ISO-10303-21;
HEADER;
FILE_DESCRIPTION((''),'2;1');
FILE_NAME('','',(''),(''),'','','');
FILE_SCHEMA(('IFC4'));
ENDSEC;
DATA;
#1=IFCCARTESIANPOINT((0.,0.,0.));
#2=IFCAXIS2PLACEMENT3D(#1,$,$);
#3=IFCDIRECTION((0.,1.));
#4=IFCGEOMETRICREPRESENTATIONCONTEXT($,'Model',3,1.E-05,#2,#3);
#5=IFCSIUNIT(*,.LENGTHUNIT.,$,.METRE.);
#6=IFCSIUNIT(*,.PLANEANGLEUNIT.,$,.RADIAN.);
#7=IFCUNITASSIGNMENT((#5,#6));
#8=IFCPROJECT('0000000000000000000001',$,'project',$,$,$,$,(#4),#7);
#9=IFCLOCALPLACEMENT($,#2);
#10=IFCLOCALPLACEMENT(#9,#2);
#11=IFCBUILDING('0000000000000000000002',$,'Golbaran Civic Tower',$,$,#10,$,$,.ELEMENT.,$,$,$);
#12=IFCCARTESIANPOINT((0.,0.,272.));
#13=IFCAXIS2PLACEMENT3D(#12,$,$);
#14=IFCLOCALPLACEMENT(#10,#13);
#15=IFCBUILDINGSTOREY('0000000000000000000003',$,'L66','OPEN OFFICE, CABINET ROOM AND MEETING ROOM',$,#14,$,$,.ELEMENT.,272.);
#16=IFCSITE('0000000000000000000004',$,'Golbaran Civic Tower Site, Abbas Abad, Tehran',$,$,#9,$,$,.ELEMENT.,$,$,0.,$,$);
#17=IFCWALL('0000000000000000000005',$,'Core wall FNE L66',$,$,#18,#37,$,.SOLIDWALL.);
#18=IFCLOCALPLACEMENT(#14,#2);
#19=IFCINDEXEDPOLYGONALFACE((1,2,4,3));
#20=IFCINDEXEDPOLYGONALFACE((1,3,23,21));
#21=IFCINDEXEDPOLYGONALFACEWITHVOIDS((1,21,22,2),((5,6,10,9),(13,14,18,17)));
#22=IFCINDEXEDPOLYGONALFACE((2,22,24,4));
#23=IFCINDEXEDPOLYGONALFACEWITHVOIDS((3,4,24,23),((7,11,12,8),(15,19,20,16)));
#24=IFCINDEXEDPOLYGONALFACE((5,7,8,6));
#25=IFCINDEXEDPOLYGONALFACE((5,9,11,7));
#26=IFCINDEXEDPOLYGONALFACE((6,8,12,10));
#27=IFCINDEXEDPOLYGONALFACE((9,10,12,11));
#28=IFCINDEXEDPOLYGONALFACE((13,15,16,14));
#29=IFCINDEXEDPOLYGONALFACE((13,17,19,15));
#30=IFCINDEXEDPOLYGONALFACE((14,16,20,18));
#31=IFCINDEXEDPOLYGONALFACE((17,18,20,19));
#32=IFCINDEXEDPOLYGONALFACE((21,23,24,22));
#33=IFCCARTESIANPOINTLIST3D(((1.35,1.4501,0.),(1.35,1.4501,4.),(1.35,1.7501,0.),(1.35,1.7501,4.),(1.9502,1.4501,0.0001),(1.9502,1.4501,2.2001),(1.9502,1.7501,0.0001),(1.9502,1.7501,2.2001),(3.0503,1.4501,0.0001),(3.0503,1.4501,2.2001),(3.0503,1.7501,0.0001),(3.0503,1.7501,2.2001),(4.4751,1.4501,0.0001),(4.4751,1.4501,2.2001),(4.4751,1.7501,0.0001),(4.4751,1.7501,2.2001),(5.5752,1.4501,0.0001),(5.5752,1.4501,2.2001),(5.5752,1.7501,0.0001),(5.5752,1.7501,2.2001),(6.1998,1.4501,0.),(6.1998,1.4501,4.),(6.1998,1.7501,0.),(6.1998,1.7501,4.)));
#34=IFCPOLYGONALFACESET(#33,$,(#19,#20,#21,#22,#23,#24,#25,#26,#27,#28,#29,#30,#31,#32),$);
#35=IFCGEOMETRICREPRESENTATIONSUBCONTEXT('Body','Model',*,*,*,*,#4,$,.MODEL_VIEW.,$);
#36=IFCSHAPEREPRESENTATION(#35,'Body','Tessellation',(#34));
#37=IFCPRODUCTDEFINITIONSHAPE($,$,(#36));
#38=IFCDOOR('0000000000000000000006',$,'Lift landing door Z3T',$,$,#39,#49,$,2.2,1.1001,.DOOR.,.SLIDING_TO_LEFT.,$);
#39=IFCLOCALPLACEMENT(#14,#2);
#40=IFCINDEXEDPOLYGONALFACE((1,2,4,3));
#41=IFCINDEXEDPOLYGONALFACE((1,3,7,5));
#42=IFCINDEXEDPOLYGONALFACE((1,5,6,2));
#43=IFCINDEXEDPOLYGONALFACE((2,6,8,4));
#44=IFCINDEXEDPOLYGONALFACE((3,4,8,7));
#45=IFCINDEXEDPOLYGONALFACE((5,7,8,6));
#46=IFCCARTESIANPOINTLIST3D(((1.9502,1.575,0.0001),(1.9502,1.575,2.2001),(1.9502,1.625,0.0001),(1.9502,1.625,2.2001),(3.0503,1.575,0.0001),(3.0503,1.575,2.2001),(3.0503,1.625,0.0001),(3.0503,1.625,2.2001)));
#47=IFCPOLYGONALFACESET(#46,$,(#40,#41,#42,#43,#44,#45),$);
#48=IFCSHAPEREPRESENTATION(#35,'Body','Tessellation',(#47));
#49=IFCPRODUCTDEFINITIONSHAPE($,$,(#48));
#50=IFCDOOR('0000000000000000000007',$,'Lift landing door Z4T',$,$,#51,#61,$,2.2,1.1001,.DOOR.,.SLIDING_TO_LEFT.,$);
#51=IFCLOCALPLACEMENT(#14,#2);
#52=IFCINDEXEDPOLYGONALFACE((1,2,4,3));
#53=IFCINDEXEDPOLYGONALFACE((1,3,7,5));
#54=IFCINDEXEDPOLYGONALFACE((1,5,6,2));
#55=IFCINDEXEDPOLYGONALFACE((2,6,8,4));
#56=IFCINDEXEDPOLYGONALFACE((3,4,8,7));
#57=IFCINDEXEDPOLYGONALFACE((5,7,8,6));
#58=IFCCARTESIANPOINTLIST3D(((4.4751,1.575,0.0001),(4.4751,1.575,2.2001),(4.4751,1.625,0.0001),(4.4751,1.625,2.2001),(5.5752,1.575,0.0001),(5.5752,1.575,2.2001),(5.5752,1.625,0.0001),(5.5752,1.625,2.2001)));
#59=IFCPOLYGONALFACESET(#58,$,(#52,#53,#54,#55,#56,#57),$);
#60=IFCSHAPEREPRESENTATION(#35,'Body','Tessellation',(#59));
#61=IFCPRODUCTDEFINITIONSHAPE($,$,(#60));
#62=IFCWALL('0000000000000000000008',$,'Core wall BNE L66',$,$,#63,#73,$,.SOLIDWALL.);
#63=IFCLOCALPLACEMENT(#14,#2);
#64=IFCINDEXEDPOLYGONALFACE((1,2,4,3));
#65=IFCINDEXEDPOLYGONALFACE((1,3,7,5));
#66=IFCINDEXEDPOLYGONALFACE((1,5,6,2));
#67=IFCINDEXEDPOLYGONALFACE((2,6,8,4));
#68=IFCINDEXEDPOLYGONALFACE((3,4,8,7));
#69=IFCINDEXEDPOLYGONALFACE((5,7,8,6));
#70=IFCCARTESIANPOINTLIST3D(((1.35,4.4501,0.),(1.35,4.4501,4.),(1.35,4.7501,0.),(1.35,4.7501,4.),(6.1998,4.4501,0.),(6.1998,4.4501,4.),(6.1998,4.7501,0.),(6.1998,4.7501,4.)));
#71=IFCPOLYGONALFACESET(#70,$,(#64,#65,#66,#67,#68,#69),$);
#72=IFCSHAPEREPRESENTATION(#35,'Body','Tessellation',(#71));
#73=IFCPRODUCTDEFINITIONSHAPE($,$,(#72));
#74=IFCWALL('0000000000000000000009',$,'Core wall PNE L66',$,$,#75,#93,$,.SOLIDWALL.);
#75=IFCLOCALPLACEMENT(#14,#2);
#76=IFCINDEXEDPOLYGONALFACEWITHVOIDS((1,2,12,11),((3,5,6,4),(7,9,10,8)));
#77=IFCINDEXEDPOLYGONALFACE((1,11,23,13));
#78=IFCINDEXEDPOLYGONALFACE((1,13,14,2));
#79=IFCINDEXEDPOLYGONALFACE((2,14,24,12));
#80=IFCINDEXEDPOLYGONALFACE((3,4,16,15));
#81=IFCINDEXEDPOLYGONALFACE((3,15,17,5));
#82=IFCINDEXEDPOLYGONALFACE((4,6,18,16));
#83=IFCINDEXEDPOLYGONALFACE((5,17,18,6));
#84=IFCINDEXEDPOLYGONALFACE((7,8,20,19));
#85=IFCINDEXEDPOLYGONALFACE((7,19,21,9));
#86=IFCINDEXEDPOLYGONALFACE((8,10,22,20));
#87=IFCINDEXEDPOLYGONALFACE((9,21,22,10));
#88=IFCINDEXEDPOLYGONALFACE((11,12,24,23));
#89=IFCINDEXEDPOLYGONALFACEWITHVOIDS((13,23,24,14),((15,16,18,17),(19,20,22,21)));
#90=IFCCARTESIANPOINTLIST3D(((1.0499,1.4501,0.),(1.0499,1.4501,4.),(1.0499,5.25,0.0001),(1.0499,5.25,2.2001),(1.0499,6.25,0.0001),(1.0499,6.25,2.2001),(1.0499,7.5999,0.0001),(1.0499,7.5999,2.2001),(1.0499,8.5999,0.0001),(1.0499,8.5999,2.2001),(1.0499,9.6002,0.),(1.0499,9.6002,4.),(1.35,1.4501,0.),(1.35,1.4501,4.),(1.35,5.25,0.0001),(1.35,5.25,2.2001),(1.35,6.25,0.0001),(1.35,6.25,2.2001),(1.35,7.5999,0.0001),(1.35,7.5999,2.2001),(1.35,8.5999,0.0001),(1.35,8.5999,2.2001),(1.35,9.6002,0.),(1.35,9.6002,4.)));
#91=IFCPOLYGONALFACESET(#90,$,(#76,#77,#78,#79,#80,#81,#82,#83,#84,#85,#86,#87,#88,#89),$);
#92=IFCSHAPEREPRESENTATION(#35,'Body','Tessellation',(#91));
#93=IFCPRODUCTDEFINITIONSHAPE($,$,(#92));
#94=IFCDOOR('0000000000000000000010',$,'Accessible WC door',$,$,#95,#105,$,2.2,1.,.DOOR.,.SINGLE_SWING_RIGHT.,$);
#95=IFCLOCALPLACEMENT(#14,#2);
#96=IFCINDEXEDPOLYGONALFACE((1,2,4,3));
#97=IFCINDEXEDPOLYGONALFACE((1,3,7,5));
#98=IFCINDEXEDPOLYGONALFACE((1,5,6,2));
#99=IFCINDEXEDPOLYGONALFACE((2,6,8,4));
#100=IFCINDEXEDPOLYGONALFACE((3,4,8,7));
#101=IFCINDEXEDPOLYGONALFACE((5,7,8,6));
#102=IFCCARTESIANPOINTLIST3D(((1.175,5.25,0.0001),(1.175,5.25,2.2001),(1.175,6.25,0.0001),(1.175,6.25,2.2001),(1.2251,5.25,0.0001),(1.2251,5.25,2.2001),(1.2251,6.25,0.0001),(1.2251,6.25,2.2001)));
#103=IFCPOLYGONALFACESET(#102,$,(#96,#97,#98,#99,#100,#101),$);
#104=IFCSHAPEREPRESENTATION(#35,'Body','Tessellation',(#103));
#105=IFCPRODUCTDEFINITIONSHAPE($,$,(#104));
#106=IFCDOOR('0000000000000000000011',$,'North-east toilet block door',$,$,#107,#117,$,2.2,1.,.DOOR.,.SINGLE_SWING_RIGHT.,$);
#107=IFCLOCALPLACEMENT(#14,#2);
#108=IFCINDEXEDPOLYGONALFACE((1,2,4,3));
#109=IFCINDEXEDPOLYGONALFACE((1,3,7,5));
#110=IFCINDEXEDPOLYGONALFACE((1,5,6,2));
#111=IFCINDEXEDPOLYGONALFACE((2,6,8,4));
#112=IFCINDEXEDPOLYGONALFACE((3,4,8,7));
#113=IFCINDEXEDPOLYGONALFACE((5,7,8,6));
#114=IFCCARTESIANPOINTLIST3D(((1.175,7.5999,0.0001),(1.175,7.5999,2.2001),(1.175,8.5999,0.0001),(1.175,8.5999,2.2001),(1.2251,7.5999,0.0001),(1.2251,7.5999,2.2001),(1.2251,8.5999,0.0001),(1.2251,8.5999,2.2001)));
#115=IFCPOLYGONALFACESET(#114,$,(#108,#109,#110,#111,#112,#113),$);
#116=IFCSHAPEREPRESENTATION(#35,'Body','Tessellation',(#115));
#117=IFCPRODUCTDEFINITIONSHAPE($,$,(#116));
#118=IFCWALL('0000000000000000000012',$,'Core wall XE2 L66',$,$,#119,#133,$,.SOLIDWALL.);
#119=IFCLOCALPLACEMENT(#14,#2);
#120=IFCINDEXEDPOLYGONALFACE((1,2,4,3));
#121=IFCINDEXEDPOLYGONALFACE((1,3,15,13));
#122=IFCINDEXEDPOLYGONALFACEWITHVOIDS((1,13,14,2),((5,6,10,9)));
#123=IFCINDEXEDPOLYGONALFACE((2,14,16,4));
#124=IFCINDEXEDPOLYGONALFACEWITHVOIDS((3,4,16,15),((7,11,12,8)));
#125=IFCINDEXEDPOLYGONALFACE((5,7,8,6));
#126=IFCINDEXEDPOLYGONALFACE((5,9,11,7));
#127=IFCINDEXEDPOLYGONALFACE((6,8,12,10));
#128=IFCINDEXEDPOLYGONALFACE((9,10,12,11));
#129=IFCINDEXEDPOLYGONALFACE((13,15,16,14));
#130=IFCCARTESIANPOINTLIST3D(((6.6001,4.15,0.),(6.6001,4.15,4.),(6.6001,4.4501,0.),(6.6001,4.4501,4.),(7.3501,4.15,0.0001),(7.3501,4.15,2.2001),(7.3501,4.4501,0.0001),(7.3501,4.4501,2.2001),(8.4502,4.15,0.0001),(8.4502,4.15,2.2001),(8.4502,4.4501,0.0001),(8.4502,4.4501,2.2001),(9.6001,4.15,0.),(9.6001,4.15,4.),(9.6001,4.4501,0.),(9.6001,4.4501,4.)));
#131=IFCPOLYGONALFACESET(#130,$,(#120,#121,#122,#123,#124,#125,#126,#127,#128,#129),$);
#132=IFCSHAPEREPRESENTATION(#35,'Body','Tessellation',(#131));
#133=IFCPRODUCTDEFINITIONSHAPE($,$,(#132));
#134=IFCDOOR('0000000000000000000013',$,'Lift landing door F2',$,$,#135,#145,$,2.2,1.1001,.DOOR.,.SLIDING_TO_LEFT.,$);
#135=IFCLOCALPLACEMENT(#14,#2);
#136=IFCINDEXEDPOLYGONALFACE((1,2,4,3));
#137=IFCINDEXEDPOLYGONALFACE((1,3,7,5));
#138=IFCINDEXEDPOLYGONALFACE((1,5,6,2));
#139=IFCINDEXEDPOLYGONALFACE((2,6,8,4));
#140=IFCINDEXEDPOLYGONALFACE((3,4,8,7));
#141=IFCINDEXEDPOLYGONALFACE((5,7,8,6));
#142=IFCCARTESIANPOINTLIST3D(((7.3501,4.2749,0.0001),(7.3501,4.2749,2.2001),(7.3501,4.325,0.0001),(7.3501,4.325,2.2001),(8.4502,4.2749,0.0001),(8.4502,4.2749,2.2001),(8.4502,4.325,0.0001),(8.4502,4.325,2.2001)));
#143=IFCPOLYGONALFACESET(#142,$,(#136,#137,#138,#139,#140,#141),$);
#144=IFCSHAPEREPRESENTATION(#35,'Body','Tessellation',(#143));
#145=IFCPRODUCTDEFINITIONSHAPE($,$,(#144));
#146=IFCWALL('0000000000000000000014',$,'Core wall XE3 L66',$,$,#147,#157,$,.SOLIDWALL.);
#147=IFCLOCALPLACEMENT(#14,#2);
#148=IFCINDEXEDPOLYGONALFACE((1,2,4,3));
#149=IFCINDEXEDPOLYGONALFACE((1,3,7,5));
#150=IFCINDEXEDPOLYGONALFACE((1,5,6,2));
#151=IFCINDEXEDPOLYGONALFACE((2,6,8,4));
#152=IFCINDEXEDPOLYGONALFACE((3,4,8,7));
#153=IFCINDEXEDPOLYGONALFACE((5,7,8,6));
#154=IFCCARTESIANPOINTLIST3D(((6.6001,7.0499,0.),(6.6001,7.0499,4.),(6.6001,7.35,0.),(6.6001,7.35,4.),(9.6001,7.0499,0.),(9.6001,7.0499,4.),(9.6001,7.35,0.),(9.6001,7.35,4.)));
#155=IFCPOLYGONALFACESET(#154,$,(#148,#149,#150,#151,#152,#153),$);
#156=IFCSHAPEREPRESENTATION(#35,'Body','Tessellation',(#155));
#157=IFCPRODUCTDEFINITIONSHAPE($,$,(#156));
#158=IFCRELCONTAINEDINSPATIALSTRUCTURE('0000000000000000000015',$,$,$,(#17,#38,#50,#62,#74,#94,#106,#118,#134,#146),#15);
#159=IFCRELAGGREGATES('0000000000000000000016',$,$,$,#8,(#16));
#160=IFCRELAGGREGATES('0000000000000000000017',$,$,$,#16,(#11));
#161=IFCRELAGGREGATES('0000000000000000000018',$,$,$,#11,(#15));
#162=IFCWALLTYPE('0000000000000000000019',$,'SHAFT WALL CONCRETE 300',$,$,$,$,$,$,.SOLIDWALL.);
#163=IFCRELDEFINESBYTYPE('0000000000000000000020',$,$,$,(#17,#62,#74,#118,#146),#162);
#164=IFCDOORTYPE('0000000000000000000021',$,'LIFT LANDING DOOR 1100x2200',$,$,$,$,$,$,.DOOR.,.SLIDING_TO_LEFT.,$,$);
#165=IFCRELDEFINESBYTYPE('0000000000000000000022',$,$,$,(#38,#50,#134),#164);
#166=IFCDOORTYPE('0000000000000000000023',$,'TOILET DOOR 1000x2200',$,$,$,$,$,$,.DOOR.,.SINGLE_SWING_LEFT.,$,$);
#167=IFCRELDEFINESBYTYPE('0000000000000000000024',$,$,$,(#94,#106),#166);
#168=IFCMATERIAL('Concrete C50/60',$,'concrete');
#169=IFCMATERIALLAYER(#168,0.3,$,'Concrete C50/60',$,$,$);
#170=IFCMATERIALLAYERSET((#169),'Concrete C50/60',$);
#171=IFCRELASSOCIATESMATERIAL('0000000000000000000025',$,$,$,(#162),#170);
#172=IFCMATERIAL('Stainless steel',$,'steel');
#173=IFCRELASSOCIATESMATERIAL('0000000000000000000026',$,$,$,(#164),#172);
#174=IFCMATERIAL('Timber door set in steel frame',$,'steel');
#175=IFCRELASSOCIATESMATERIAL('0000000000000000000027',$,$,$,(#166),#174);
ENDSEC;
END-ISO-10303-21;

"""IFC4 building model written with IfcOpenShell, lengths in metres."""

from ifc_helpers import new_model, si_unit, direction, frame, frame_2d, origin, place, context, subcontext, project, spatial, rectangle, extrude, material, layer, layer_set, type_object, element, fill, save


model = new_model("IFC4")

# Units and contexts
model_context = context("Model", 3, precision=1e-05, world=origin(), true_north=direction((0.0, 1.0)))
body_context = subcontext(model_context, "Body", "Model", "MODEL_VIEW")
ifc_project = project(units=[si_unit("LENGTHUNIT", "METRE"), si_unit("PLANEANGLEUNIT", "RADIAN")], contexts=[model_context])

# Site, building, storey
site_placement = place(None, origin())
site = spatial("IfcSite", under=ifc_project, at=site_placement, Name="Golbaran Civic Tower Site, Abbas Abad, Tehran", CompositionType="ELEMENT", RefElevation=0.0)
building_placement = place(site_placement, origin())
building = spatial("IfcBuilding", under=site, at=building_placement, Name="Golbaran Civic Tower", CompositionType="ELEMENT")
storey_placement = place(building_placement, frame((0.0, 0.0, 272.0)))
storey = spatial("IfcBuildingStorey", under=building, at=storey_placement, Name="L66", Description="OPEN OFFICE, CABINET ROOM AND MEETING ROOM", CompositionType="ELEMENT", Elevation=272.0)

# Shared definitions
ifc_material_1 = material(Name="Timber door set in steel frame", Category="steel")

# Wall, openings, doors
ifc_material_2 = material(Name="Concrete C50/60", Category="concrete")
ifc_layer_1 = layer(ifc_material_2, 0.3, Name="Concrete C50/60")
ifc_layer_set_1 = layer_set([ifc_layer_1], Name="Concrete C50/60")
wall_type_1 = type_object("IfcWallType", Name="SHAFT WALL CONCRETE 300", PredefinedType="SOLIDWALL", material=ifc_layer_set_1)
wall_1_placement = place(storey_placement, frame((1.3501, 1.6001, 0.0), z_axis=(0.0, 0.0, 1.0), x_axis=(1.0, 0.0, 0.0)))
wall_1 = element("IfcWall", 1, at=wall_1_placement, inside=storey, type_object=wall_type_1, Name="Core wall FNE L66", PredefinedType="SOLIDWALL", context=body_context, shape_type="SweptSolid", body=[
    extrude(rectangle(XDim=4.8499, YDim=0.3, at=frame_2d((2.4248, 0.0))), origin(), (0.0, 0.0, 1.0), 4.0),
])
opening_1_placement = place(wall_1_placement, frame((0.6001, 0.0, 0.0)))
opening_1 = element("IfcOpeningElement", 2, at=opening_1_placement, cuts=wall_1, PredefinedType="OPENING", context=body_context, shape_type="SweptSolid", body=[
    extrude(rectangle(XDim=1.1001, YDim=2.2, at=frame_2d((0.55, 1.1001))), frame((0.0, 0.1599, 0.0), z_axis=(0.0, -1.0, 0.0), x_axis=(1.0, 0.0, 0.0)), (0.0, 0.0, 1.0), 0.3201),
])
opening_2_placement = place(wall_1_placement, frame((3.125, 0.0, 0.0)))
opening_2 = element("IfcOpeningElement", 3, at=opening_2_placement, cuts=wall_1, PredefinedType="OPENING", context=body_context, shape_type="SweptSolid", body=[
    extrude(rectangle(XDim=1.1001, YDim=2.2, at=frame_2d((0.55, 1.1001))), frame((0.0, 0.1599, 0.0), z_axis=(0.0, -1.0, 0.0), x_axis=(1.0, 0.0, 0.0)), (0.0, 0.0, 1.0), 0.3201),
])
ifc_material_3 = material(Name="Stainless steel", Category="steel")
door_type_1 = type_object("IfcDoorType", Name="LIFT LANDING DOOR 1100x2200", OperationType="SLIDING_TO_LEFT", PredefinedType="DOOR", material=ifc_material_3)
door_1_placement = place(opening_1_placement, origin())
door_1 = element("IfcDoor", 4, at=door_1_placement, inside=storey, type_object=door_type_1, Name="Lift landing door Z3T", OperationType="SLIDING_TO_LEFT", OverallHeight=2.2, OverallWidth=1.1001, PredefinedType="DOOR", context=body_context, shape_type="SweptSolid", body=[
    extrude(rectangle(XDim=1.1001, YDim=2.2, at=frame_2d((0.55, 1.1001))), frame((0.0, 0.0249, 0.0), z_axis=(0.0, -1.0, 0.0), x_axis=(1.0, 0.0, 0.0)), (0.0, 0.0, 1.0), 0.05),
])
fill(opening_1, door_1)
door_2_placement = place(opening_2_placement, origin())
door_2 = element("IfcDoor", 5, at=door_2_placement, inside=storey, type_object=door_type_1, Name="Lift landing door Z4T", OperationType="SLIDING_TO_LEFT", OverallHeight=2.2, OverallWidth=1.1001, PredefinedType="DOOR", context=body_context, shape_type="SweptSolid", body=[
    extrude(rectangle(XDim=1.1001, YDim=2.2, at=frame_2d((0.55, 1.1001))), frame((0.0, 0.0249, 0.0), z_axis=(0.0, -1.0, 0.0), x_axis=(1.0, 0.0, 0.0)), (0.0, 0.0, 1.0), 0.05),
])
fill(opening_2, door_2)

# Wall
wall_2_placement = place(storey_placement, frame((1.3501, 4.6001, 0.0), z_axis=(0.0, 0.0, 1.0), x_axis=(1.0, 0.0, 0.0)))
element("IfcWall", 6, at=wall_2_placement, inside=storey, type_object=wall_type_1, Name="Core wall BNE L66", PredefinedType="SOLIDWALL", context=body_context, shape_type="SweptSolid", body=[
    extrude(rectangle(XDim=4.8499, YDim=0.3, at=frame_2d((2.4248, 0.0))), origin(), (0.0, 0.0, 1.0), 4.0),
])

# Wall, openings, doors
wall_3_placement = place(storey_placement, frame((1.2, 1.45, 0.0), z_axis=(0.0, 0.0, 1.0), x_axis=(0.0, 1.0, 0.0)))
wall_3 = element("IfcWall", 7, at=wall_3_placement, inside=storey, type_object=wall_type_1, Name="Core wall PNE L66", PredefinedType="SOLIDWALL", context=body_context, shape_type="SweptSolid", body=[
    extrude(rectangle(XDim=8.1501, YDim=0.3, at=frame_2d((4.0752, 0.0))), origin(), (0.0, 0.0, 1.0), 4.0),
])
opening_3_placement = place(wall_3_placement, frame((3.8, 0.0, 0.0)))
opening_3 = element("IfcOpeningElement", 8, at=opening_3_placement, cuts=wall_3, PredefinedType="OPENING", context=body_context, shape_type="SweptSolid", body=[
    extrude(rectangle(XDim=1.0, YDim=2.2, at=frame_2d((0.5, 1.1001))), frame((0.0, 0.1599, 0.0), z_axis=(0.0, -1.0, 0.0), x_axis=(1.0, 0.0, 0.0)), (0.0, 0.0, 1.0), 0.3201),
])
opening_4_placement = place(wall_3_placement, frame((6.1499, 0.0, 0.0)))
opening_4 = element("IfcOpeningElement", 9, at=opening_4_placement, cuts=wall_3, PredefinedType="OPENING", context=body_context, shape_type="SweptSolid", body=[
    extrude(rectangle(XDim=1.0, YDim=2.2, at=frame_2d((0.5, 1.1001))), frame((0.0, 0.1599, 0.0), z_axis=(0.0, -1.0, 0.0), x_axis=(1.0, 0.0, 0.0)), (0.0, 0.0, 1.0), 0.3201),
])
door_type_2 = type_object("IfcDoorType", Name="TOILET DOOR 1000x2200", OperationType="SINGLE_SWING_LEFT", PredefinedType="DOOR", material=ifc_material_1)
door_3_placement = place(opening_3_placement, origin())
door_3 = element("IfcDoor", 10, at=door_3_placement, inside=storey, type_object=door_type_2, Name="Accessible WC door", OperationType="SINGLE_SWING_RIGHT", OverallHeight=2.2, OverallWidth=1.0, PredefinedType="DOOR", context=body_context, shape_type="SweptSolid", body=[
    extrude(rectangle(XDim=1.0, YDim=2.2, at=frame_2d((0.5, 1.1001))), frame((0.0, 0.0249, 0.0), z_axis=(0.0, -1.0, 0.0), x_axis=(1.0, 0.0, 0.0)), (0.0, 0.0, 1.0), 0.05),
])
fill(opening_3, door_3)
door_4_placement = place(opening_4_placement, origin())
door_4 = element("IfcDoor", 11, at=door_4_placement, inside=storey, type_object=door_type_2, Name="North-east toilet block door", OperationType="SINGLE_SWING_RIGHT", OverallHeight=2.2, OverallWidth=1.0, PredefinedType="DOOR", context=body_context, shape_type="SweptSolid", body=[
    extrude(rectangle(XDim=1.0, YDim=2.2, at=frame_2d((0.5, 1.1001))), frame((0.0, 0.0249, 0.0), z_axis=(0.0, -1.0, 0.0), x_axis=(1.0, 0.0, 0.0)), (0.0, 0.0, 1.0), 0.05),
])
fill(opening_4, door_4)

# Wall, opening, door
wall_4_placement = place(storey_placement, frame((6.6001, 4.3, 0.0), z_axis=(0.0, 0.0, 1.0), x_axis=(1.0, 0.0, 0.0)))
wall_4 = element("IfcWall", 12, at=wall_4_placement, inside=storey, type_object=wall_type_1, Name="Core wall XE2 L66", PredefinedType="SOLIDWALL", context=body_context, shape_type="SweptSolid", body=[
    extrude(rectangle(XDim=3.0, YDim=0.3, at=frame_2d((1.5, 0.0))), origin(), (0.0, 0.0, 1.0), 4.0),
])
opening_5_placement = place(wall_4_placement, frame((0.75, 0.0, 0.0)))
opening_5 = element("IfcOpeningElement", 13, at=opening_5_placement, cuts=wall_4, PredefinedType="OPENING", context=body_context, shape_type="SweptSolid", body=[
    extrude(rectangle(XDim=1.1001, YDim=2.2, at=frame_2d((0.55, 1.1001))), frame((0.0, 0.1599, 0.0), z_axis=(0.0, -1.0, 0.0), x_axis=(1.0, 0.0, 0.0)), (0.0, 0.0, 1.0), 0.3201),
])
door_5_placement = place(opening_5_placement, origin())
door_5 = element("IfcDoor", 14, at=door_5_placement, inside=storey, type_object=door_type_1, Name="Lift landing door F2", OperationType="SLIDING_TO_LEFT", OverallHeight=2.2, OverallWidth=1.1001, PredefinedType="DOOR", context=body_context, shape_type="SweptSolid", body=[
    extrude(rectangle(XDim=1.1001, YDim=2.2, at=frame_2d((0.55, 1.1001))), frame((0.0, 0.0249, 0.0), z_axis=(0.0, -1.0, 0.0), x_axis=(1.0, 0.0, 0.0)), (0.0, 0.0, 1.0), 0.05),
])
fill(opening_5, door_5)

# Wall
wall_5_placement = place(storey_placement, frame((6.6001, 7.2, 0.0), z_axis=(0.0, 0.0, 1.0), x_axis=(1.0, 0.0, 0.0)))
element("IfcWall", 15, at=wall_5_placement, inside=storey, type_object=wall_type_1, Name="Core wall XE3 L66", PredefinedType="SOLIDWALL", context=body_context, shape_type="SweptSolid", body=[
    extrude(rectangle(XDim=3.0, YDim=0.3, at=frame_2d((1.5, 0.0))), origin(), (0.0, 0.0, 1.0), 4.0),
])

save(model, "model.ifc")
